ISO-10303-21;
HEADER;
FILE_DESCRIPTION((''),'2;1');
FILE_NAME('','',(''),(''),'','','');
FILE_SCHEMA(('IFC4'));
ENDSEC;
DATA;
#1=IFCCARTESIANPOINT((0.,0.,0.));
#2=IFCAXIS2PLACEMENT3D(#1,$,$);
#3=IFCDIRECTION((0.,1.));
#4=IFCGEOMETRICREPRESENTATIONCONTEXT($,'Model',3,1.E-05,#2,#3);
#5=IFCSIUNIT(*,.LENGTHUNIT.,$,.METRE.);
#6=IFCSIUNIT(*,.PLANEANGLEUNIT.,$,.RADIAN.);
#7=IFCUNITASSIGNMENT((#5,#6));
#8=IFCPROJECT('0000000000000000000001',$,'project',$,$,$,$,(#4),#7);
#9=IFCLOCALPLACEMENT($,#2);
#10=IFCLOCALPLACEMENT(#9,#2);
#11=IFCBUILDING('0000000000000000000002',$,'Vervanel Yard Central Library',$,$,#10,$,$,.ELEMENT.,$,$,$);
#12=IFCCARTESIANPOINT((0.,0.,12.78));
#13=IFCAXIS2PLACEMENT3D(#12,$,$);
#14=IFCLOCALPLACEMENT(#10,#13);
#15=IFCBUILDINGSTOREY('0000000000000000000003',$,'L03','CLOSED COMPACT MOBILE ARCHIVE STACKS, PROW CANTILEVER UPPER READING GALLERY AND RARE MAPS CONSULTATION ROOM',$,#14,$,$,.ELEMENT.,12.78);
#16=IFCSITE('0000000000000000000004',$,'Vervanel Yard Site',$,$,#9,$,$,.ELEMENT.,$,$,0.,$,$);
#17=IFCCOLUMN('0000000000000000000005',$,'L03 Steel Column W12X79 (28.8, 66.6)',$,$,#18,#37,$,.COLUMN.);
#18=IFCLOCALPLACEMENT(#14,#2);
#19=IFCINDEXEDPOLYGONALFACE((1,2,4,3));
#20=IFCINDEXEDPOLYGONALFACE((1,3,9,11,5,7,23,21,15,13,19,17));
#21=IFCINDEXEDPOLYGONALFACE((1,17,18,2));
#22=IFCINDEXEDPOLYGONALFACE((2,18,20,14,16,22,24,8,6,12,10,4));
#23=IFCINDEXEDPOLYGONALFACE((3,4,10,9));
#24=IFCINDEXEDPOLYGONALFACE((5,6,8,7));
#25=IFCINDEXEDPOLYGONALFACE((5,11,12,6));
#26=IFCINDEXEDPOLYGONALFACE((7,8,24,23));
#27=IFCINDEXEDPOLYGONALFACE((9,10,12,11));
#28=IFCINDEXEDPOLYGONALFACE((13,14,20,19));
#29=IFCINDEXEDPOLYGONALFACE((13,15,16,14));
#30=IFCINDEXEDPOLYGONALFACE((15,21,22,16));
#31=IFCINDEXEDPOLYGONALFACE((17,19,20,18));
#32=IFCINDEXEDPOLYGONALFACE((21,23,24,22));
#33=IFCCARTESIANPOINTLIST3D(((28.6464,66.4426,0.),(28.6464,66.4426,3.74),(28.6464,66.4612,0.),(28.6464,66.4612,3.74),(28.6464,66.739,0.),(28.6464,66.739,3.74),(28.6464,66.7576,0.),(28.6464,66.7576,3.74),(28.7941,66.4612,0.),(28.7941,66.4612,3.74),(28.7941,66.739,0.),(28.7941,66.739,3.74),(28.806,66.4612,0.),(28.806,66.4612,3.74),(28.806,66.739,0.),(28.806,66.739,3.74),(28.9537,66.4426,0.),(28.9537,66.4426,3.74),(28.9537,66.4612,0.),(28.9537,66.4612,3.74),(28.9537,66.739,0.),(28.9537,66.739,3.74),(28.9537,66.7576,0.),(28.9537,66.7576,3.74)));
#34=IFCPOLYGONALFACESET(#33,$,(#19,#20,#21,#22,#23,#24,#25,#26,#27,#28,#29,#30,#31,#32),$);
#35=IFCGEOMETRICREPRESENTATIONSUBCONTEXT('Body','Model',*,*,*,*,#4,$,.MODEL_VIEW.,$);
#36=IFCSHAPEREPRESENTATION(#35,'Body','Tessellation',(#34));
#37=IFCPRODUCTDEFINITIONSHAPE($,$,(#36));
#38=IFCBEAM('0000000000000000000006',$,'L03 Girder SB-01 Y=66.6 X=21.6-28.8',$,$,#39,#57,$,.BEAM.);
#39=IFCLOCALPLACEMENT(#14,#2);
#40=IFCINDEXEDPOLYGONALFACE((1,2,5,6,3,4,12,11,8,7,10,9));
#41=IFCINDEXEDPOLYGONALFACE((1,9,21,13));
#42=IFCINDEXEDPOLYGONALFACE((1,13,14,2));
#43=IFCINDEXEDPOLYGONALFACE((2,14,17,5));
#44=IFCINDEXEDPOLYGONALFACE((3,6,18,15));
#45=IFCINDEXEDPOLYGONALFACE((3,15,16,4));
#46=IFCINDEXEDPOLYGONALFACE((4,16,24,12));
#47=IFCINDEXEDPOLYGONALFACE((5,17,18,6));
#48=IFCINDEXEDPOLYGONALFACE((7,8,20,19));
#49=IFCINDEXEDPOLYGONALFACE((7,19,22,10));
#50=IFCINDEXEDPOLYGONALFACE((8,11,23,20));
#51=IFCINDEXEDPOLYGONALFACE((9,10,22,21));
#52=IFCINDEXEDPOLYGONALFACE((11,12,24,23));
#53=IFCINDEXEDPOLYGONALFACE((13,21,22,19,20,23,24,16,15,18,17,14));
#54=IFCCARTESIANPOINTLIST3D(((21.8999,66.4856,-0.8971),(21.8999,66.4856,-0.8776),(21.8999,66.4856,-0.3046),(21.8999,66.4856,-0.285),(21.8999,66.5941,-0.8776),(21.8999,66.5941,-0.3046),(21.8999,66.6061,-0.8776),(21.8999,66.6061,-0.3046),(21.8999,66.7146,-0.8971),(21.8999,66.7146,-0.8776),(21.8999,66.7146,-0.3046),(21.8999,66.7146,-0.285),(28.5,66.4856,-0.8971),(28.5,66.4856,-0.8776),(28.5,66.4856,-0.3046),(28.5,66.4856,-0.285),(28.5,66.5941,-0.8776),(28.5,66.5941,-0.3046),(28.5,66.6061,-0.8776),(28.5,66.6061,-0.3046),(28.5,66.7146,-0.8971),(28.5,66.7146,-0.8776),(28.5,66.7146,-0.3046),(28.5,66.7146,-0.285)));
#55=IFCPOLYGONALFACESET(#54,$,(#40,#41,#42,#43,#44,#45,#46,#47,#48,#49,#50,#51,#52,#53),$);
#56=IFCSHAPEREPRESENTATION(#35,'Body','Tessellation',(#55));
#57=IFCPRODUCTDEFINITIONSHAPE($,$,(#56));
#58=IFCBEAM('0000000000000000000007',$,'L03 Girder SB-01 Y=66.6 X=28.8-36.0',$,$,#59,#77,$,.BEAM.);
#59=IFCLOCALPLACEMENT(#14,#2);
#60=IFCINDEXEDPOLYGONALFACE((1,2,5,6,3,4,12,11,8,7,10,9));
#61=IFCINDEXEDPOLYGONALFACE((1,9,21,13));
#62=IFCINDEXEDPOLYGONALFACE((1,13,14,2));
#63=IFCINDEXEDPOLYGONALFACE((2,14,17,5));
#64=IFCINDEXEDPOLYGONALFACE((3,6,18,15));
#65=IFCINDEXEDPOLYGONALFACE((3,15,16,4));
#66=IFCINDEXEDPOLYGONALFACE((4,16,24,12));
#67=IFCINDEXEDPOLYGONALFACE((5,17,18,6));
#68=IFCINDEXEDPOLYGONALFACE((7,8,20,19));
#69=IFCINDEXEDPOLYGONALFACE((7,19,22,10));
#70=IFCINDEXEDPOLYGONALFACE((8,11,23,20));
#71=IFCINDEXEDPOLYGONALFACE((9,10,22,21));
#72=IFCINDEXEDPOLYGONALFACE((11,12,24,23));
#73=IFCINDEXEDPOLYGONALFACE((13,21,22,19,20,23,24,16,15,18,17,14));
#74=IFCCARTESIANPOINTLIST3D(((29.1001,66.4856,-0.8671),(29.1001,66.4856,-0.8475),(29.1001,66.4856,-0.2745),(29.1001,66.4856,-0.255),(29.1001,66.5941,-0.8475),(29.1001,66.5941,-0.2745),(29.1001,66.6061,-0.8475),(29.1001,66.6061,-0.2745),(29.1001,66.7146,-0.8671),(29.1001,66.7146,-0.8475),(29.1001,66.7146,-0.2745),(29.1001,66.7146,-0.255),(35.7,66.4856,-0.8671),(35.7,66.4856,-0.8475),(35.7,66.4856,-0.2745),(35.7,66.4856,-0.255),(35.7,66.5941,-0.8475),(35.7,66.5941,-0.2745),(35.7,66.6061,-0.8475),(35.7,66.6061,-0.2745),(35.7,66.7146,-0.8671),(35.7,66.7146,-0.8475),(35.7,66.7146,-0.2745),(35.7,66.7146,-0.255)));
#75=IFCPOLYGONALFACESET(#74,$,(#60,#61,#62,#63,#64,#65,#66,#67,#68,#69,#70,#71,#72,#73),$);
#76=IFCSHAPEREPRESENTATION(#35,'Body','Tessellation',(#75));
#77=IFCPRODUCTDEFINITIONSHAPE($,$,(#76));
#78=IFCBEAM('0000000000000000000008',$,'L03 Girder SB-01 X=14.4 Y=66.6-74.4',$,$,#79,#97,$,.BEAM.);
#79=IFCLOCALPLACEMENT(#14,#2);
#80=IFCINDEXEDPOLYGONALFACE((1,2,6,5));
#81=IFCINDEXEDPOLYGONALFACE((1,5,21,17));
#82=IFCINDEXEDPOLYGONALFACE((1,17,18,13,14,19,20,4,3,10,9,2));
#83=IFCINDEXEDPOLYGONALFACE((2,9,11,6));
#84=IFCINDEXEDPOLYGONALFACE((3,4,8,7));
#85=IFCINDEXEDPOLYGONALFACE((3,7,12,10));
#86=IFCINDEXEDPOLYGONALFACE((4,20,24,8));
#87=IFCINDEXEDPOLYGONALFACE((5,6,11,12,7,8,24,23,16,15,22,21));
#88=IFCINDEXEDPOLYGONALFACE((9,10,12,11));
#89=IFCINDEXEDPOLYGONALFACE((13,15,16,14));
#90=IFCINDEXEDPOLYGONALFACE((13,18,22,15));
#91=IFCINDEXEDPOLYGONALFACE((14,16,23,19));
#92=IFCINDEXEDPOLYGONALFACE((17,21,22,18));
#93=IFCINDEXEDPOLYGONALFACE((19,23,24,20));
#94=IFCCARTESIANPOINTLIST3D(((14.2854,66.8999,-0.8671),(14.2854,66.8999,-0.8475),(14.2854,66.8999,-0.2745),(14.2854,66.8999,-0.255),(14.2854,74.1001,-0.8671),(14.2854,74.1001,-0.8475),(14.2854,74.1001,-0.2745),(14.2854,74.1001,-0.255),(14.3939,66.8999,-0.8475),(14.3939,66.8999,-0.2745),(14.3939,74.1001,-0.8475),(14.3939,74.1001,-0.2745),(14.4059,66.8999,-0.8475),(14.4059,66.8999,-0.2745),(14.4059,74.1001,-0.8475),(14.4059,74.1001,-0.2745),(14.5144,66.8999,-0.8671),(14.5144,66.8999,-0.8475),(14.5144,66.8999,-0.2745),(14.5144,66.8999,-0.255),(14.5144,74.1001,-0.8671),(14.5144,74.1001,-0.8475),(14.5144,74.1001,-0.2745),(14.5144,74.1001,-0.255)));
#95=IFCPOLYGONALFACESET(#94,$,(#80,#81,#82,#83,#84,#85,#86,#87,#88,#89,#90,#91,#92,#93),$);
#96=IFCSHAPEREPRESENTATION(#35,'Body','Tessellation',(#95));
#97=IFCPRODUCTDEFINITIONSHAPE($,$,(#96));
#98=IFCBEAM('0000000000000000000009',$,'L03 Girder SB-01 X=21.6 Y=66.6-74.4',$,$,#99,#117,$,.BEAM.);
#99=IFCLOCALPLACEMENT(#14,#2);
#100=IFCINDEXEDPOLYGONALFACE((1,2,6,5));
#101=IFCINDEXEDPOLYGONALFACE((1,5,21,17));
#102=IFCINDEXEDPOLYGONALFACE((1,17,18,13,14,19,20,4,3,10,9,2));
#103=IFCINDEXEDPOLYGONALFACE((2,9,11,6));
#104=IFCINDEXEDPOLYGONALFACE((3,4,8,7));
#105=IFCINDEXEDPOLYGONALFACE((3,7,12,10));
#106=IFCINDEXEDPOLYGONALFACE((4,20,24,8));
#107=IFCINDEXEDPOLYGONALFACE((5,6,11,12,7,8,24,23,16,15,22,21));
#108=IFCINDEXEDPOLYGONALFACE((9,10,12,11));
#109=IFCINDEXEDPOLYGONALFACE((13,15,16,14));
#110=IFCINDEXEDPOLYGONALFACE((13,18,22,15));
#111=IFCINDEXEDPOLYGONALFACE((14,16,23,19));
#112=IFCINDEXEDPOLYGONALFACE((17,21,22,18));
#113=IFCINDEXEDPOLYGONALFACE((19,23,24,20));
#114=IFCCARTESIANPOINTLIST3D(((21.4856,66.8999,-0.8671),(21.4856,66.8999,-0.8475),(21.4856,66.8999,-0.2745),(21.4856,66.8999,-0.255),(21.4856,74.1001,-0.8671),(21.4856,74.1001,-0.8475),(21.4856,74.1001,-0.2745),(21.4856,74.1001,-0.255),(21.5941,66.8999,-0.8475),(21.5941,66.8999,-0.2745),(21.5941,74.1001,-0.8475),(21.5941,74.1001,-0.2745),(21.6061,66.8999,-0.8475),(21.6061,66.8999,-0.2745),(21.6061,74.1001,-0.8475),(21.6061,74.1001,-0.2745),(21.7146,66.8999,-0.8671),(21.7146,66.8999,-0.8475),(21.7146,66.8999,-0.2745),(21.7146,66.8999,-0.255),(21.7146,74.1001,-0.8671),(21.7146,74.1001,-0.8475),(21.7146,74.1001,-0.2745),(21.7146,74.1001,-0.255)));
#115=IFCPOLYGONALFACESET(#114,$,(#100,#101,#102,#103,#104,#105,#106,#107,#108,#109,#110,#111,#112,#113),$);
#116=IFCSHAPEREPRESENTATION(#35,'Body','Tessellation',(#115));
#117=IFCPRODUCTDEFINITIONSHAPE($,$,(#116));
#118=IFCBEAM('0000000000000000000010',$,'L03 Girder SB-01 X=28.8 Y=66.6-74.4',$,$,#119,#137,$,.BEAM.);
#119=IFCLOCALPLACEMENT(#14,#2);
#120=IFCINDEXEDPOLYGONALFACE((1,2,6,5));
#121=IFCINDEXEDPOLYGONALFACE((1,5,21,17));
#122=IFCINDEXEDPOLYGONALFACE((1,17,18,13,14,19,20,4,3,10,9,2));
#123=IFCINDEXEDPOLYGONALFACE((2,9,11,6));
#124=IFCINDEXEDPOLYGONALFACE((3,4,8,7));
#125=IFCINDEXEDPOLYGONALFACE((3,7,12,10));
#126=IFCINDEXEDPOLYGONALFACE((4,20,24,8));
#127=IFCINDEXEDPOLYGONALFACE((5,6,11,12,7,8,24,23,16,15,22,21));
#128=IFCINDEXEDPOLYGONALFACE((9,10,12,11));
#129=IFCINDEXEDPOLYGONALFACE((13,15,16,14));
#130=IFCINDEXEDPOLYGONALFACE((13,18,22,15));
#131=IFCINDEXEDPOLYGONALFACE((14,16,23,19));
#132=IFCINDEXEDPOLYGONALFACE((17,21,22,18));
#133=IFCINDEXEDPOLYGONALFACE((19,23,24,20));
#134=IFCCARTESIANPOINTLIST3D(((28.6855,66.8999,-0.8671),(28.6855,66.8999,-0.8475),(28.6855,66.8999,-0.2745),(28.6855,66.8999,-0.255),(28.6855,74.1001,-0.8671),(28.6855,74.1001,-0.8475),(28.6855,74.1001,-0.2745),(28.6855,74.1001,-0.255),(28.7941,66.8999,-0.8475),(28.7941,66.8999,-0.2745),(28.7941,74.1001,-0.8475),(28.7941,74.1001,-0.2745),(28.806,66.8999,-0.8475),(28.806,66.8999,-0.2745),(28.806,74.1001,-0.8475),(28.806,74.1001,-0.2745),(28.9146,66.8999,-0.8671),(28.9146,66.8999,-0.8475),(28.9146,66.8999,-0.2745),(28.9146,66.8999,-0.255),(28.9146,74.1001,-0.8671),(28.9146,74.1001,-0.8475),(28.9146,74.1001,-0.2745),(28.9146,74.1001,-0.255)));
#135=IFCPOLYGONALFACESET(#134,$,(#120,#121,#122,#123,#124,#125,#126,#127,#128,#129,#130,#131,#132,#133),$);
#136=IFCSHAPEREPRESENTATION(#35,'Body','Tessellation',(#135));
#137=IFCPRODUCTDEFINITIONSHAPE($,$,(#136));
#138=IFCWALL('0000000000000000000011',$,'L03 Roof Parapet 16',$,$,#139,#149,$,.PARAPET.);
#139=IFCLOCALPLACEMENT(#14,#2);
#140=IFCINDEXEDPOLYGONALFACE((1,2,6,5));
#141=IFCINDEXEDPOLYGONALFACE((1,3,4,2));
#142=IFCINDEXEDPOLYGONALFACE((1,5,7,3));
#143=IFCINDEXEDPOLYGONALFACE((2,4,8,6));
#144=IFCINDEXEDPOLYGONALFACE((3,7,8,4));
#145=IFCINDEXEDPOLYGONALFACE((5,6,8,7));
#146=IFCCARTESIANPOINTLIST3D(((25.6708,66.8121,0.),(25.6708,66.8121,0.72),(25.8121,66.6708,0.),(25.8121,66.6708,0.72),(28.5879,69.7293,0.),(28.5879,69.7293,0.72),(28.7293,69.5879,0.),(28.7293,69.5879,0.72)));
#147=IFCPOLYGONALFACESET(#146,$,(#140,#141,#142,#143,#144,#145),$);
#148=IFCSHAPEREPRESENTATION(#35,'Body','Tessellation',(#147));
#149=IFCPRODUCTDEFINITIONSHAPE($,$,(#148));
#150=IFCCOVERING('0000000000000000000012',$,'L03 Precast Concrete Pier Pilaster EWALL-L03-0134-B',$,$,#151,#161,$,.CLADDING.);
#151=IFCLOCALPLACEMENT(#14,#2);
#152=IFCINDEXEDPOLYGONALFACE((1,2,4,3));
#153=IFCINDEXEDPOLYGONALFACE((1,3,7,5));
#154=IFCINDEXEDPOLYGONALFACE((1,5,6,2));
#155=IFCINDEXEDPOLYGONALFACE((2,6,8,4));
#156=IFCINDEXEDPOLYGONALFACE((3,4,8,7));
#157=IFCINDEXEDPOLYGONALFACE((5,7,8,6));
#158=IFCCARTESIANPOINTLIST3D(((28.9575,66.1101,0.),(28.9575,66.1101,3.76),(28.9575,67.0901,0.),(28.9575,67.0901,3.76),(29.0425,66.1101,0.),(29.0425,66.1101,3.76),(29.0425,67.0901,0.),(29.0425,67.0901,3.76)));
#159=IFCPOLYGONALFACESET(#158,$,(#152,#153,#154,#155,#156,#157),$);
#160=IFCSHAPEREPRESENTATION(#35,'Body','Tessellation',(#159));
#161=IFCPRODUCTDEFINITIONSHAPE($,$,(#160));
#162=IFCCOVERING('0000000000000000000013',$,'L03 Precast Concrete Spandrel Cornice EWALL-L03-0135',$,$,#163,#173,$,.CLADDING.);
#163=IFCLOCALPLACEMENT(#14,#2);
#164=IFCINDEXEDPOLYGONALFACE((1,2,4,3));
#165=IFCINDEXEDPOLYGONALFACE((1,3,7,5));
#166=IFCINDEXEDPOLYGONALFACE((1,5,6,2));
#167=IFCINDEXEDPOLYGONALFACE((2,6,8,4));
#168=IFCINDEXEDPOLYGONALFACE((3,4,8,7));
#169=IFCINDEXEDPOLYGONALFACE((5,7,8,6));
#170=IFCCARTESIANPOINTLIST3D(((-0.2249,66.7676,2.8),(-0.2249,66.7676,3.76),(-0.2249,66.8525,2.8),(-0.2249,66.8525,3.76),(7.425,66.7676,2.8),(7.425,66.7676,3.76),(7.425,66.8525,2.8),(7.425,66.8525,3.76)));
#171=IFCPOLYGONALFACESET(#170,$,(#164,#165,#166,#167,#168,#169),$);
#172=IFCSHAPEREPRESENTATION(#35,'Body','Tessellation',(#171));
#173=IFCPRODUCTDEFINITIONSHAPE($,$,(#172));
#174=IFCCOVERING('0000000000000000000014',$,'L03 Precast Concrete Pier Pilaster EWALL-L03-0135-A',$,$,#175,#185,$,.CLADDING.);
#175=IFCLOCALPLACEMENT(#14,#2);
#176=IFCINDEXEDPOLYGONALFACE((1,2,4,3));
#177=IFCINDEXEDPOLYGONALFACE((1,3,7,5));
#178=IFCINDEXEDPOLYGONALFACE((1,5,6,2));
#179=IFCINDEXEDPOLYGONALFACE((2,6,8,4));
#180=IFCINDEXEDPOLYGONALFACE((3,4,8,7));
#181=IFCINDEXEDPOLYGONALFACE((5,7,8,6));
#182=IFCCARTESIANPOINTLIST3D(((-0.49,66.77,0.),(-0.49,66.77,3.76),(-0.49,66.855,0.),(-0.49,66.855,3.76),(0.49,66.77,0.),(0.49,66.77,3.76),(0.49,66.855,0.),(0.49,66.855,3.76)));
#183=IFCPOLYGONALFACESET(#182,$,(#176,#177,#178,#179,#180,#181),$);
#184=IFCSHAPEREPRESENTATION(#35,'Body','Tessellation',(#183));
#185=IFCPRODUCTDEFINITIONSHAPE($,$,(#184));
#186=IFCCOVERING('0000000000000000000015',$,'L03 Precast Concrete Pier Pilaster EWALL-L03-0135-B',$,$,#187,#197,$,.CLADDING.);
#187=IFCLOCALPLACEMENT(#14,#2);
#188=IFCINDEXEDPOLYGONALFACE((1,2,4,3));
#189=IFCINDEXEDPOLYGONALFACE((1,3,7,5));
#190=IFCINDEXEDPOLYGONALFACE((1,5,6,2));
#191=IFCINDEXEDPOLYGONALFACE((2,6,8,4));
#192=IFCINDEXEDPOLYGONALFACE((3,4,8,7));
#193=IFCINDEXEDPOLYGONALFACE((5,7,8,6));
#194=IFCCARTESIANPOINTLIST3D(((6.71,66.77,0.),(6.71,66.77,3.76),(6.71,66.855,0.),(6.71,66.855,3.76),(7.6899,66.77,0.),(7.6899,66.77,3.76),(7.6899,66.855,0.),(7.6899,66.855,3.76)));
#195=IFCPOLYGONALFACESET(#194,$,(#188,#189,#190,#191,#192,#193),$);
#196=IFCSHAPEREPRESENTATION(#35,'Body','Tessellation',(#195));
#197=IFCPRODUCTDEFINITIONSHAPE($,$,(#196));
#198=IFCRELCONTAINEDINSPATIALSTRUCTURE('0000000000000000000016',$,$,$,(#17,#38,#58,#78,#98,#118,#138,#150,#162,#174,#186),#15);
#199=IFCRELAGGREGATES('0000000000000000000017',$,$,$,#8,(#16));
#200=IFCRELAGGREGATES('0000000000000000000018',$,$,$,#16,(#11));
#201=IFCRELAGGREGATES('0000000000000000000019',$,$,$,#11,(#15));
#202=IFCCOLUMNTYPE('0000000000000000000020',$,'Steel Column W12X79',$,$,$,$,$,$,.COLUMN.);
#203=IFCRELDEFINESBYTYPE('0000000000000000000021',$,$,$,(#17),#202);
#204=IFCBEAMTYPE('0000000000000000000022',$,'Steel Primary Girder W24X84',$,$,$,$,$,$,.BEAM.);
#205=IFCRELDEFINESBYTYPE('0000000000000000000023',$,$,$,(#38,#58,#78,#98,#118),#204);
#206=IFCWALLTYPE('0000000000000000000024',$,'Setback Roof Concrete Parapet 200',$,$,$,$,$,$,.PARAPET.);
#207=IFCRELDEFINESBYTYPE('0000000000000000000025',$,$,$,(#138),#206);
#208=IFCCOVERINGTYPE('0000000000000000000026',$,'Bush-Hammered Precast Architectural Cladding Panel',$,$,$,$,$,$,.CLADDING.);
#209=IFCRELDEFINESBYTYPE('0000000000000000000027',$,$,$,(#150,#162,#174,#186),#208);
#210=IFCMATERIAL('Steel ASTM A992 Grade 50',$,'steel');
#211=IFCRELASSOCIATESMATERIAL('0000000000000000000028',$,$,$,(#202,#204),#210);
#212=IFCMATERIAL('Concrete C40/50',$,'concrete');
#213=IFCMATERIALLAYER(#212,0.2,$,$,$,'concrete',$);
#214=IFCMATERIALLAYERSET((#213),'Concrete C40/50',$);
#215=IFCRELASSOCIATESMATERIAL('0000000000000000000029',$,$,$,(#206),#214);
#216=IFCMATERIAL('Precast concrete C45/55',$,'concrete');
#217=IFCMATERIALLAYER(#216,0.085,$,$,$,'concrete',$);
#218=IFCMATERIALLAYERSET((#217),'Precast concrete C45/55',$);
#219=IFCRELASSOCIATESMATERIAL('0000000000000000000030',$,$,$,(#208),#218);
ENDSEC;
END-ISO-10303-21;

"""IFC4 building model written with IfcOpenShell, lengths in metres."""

from ifc_helpers import new_model, si_unit, direction, frame, frame_2d, origin, origin_2d, place, context, subcontext, project, spatial, rectangle, i_section, extrude, material, layer, layer_set, material_profile, profile_set, type_object, element, save


model = new_model("IFC4")

# Units and contexts
model_context = context("Model", 3, precision=1e-05, world=origin(), true_north=direction((0.0, 1.0)))
body_context = subcontext(model_context, "Body", "Model", "MODEL_VIEW")
ifc_project = project(units=[si_unit("LENGTHUNIT", "METRE"), si_unit("PLANEANGLEUNIT", "RADIAN")], contexts=[model_context])

# Site, building, storey
site_placement = place(None, origin())
site = spatial("IfcSite", under=ifc_project, at=site_placement, Name="Vervanel Yard Site", CompositionType="ELEMENT", RefElevation=0.0)
building_placement = place(site_placement, origin())
building = spatial("IfcBuilding", under=site, at=building_placement, Name="Vervanel Yard Central Library", CompositionType="ELEMENT")
storey_placement = place(building_placement, frame((0.0, 0.0, 12.78)))
storey = spatial("IfcBuildingStorey", under=building, at=storey_placement, Name="L03", Description="CLOSED COMPACT MOBILE ARCHIVE STACKS, PROW CANTILEVER UPPER READING GALLERY AND RARE MAPS CONSULTATION ROOM", CompositionType="ELEMENT", Elevation=12.78)

# Column
ifc_material_1 = material(Name="Steel ASTM A992 Grade 50", Category="steel")
ifc_material_profile_1 = material_profile(ifc_material_1, i_section(OverallWidth=0.3074, OverallDepth=0.3149, WebThickness=0.012, FlangeThickness=0.0186, at=origin_2d()), Name="W12X79", Category="steel")
ifc_profile_set_1 = profile_set([ifc_material_profile_1], Name="Steel ASTM A992 Grade 50")
column_type = type_object("IfcColumnType", Name="Steel Column W12X79", PredefinedType="COLUMN", material=ifc_profile_set_1)
column_placement = place(storey_placement, frame((28.8, 66.6001, 0.0), z_axis=(0.0, 0.0, 1.0), x_axis=(1.0, 0.0, 0.0)))
element("IfcColumn", 1, at=column_placement, inside=storey, type_object=column_type, Name="L03 Steel Column W12X79 (28.8, 66.6)", PredefinedType="COLUMN", context=body_context, shape_type="SweptSolid", body=[
    extrude(i_section(OverallWidth=0.3074, OverallDepth=0.3149, WebThickness=0.012, FlangeThickness=0.0186, at=origin_2d()), origin(), (0.0, 0.0, 1.0), 3.74),
])

# Beams
ifc_material_profile_2 = material_profile(ifc_material_1, i_section(OverallWidth=0.229, OverallDepth=0.6121, WebThickness=0.012, FlangeThickness=0.0195, at=origin_2d()), Name="W24X84", Category="steel")
ifc_profile_set_2 = profile_set([ifc_material_profile_2], Name="Steel ASTM A992 Grade 50")
beam_type = type_object("IfcBeamType", Name="Steel Primary Girder W24X84", PredefinedType="BEAM", material=ifc_profile_set_2)
beam_1_placement = place(storey_placement, frame((21.8999, 66.6001, -0.5911), z_axis=(1.0, 0.0, 0.0), x_axis=(0.0, 1.0, 0.0)))
element("IfcBeam", 2, at=beam_1_placement, inside=storey, type_object=beam_type, Name="L03 Girder SB-01 Y=66.6 X=21.6-28.8", PredefinedType="BEAM", context=body_context, shape_type="SweptSolid", body=[
    extrude(i_section(OverallWidth=0.229, OverallDepth=0.6121, WebThickness=0.012, FlangeThickness=0.0195, at=origin_2d()), origin(), (0.0, 0.0, 1.0), 6.6001),
])
beam_2_placement = place(storey_placement, frame((29.1001, 66.6001, -0.561), z_axis=(1.0, 0.0, 0.0), x_axis=(0.0, 1.0, 0.0)))
element("IfcBeam", 3, at=beam_2_placement, inside=storey, type_object=beam_type, Name="L03 Girder SB-01 Y=66.6 X=28.8-36.0", PredefinedType="BEAM", context=body_context, shape_type="SweptSolid", body=[
    extrude(i_section(OverallWidth=0.229, OverallDepth=0.6121, WebThickness=0.012, FlangeThickness=0.0195, at=origin_2d()), origin(), (0.0, 0.0, 1.0), 6.5999),
])
for number, where, z_axis, x_axis, name in (
    (4, (14.3999, 66.8999, -0.561), (0.0, 1.0, 0.0), (-1.0, 0.0, 0.0), "L03 Girder SB-01 X=14.4 Y=66.6-74.4"),
    (5, (21.6001, 66.8999, -0.561), (0.0, 1.0, 0.0), (-1.0, 0.0, 0.0), "L03 Girder SB-01 X=21.6 Y=66.6-74.4"),
    (6, (28.8, 66.8999, -0.561), (0.0, 1.0, 0.0), (-1.0, 0.0, 0.0), "L03 Girder SB-01 X=28.8 Y=66.6-74.4"),
):
    element("IfcBeam", number, at=place(storey_placement, frame(where, z_axis=z_axis, x_axis=x_axis)), inside=storey, type_object=beam_type, Name=name, PredefinedType="BEAM", context=body_context, shape_type="SweptSolid", body=[
        extrude(i_section(OverallWidth=0.229, OverallDepth=0.6121, WebThickness=0.012, FlangeThickness=0.0195, at=origin_2d()), origin(), (0.0, 0.0, 1.0), 7.2002),
    ])

# Wall
ifc_material_2 = material(Name="Concrete C40/50", Category="concrete")
ifc_layer_1 = layer(ifc_material_2, 0.2, Category="concrete")
ifc_layer_set_1 = layer_set([ifc_layer_1], Name="Concrete C40/50")
wall_type = type_object("IfcWallType", Name="Setback Roof Concrete Parapet 200", PredefinedType="PARAPET", material=ifc_layer_set_1)
wall_placement = place(storey_placement, frame((25.7415, 66.7415, 0.0), z_axis=(0.0, 0.0, 1.0), x_axis=(0.707107, 0.707107, 0.0)))
element("IfcWall", 7, at=wall_placement, inside=storey, type_object=wall_type, Name="L03 Roof Parapet 16", PredefinedType="PARAPET", context=body_context, shape_type="SweptSolid", body=[
    extrude(rectangle(XDim=4.1255, YDim=0.2, at=frame_2d((2.0627, 0.0))), origin(), (0.0, 0.0, 1.0), 0.72),
])

# Coverings
ifc_material_3 = material(Name="Precast concrete C45/55", Category="concrete")
ifc_layer_2 = layer(ifc_material_3, 0.085, Category="concrete")
ifc_layer_set_2 = layer_set([ifc_layer_2], Name="Precast concrete C45/55")
covering_type = type_object("IfcCoveringType", Name="Bush-Hammered Precast Architectural Cladding Panel", PredefinedType="CLADDING", material=ifc_layer_set_2)
covering_1_placement = place(storey_placement, frame((29.0, 66.6001, 0.0), z_axis=(0.0, 0.0, 1.0), x_axis=(0.0, 1.0, 0.0)))
element("IfcCovering", 8, at=covering_1_placement, inside=storey, type_object=covering_type, Name="L03 Precast Concrete Pier Pilaster EWALL-L03-0134-B", PredefinedType="CLADDING", context=body_context, shape_type="SweptSolid", body=[
    extrude(rectangle(XDim=0.98, YDim=0.085, at=origin_2d()), origin(), (0.0, 0.0, 1.0), 3.76),
])
covering_2_placement = place(storey_placement, frame((3.6001, 66.8101, 2.8), z_axis=(0.0, 0.0, 1.0), x_axis=(1.0, 0.0, 0.0)))
element("IfcCovering", 9, at=covering_2_placement, inside=storey, type_object=covering_type, Name="L03 Precast Concrete Spandrel Cornice EWALL-L03-0135", PredefinedType="CLADDING", context=body_context, shape_type="SweptSolid", body=[
    extrude(rectangle(XDim=7.6499, YDim=0.085, at=origin_2d()), origin(), (0.0, 0.0, 1.0), 0.96),
])
for number, where, z_axis, x_axis, name in (
    (10, (0.0, 66.8125, 0.0), (0.0, 0.0, 1.0), (1.0, 0.0, 0.0), "L03 Precast Concrete Pier Pilaster EWALL-L03-0135-A"),
    (11, (7.2, 66.8125, 0.0), (0.0, 0.0, 1.0), (1.0, 0.0, 0.0), "L03 Precast Concrete Pier Pilaster EWALL-L03-0135-B"),
):
    element("IfcCovering", number, at=place(storey_placement, frame(where, z_axis=z_axis, x_axis=x_axis)), inside=storey, type_object=covering_type, Name=name, PredefinedType="CLADDING", context=body_context, shape_type="SweptSolid", body=[
        extrude(rectangle(XDim=0.98, YDim=0.085, at=origin_2d()), origin(), (0.0, 0.0, 1.0), 3.76),
    ])

save(model, "model.ifc")
